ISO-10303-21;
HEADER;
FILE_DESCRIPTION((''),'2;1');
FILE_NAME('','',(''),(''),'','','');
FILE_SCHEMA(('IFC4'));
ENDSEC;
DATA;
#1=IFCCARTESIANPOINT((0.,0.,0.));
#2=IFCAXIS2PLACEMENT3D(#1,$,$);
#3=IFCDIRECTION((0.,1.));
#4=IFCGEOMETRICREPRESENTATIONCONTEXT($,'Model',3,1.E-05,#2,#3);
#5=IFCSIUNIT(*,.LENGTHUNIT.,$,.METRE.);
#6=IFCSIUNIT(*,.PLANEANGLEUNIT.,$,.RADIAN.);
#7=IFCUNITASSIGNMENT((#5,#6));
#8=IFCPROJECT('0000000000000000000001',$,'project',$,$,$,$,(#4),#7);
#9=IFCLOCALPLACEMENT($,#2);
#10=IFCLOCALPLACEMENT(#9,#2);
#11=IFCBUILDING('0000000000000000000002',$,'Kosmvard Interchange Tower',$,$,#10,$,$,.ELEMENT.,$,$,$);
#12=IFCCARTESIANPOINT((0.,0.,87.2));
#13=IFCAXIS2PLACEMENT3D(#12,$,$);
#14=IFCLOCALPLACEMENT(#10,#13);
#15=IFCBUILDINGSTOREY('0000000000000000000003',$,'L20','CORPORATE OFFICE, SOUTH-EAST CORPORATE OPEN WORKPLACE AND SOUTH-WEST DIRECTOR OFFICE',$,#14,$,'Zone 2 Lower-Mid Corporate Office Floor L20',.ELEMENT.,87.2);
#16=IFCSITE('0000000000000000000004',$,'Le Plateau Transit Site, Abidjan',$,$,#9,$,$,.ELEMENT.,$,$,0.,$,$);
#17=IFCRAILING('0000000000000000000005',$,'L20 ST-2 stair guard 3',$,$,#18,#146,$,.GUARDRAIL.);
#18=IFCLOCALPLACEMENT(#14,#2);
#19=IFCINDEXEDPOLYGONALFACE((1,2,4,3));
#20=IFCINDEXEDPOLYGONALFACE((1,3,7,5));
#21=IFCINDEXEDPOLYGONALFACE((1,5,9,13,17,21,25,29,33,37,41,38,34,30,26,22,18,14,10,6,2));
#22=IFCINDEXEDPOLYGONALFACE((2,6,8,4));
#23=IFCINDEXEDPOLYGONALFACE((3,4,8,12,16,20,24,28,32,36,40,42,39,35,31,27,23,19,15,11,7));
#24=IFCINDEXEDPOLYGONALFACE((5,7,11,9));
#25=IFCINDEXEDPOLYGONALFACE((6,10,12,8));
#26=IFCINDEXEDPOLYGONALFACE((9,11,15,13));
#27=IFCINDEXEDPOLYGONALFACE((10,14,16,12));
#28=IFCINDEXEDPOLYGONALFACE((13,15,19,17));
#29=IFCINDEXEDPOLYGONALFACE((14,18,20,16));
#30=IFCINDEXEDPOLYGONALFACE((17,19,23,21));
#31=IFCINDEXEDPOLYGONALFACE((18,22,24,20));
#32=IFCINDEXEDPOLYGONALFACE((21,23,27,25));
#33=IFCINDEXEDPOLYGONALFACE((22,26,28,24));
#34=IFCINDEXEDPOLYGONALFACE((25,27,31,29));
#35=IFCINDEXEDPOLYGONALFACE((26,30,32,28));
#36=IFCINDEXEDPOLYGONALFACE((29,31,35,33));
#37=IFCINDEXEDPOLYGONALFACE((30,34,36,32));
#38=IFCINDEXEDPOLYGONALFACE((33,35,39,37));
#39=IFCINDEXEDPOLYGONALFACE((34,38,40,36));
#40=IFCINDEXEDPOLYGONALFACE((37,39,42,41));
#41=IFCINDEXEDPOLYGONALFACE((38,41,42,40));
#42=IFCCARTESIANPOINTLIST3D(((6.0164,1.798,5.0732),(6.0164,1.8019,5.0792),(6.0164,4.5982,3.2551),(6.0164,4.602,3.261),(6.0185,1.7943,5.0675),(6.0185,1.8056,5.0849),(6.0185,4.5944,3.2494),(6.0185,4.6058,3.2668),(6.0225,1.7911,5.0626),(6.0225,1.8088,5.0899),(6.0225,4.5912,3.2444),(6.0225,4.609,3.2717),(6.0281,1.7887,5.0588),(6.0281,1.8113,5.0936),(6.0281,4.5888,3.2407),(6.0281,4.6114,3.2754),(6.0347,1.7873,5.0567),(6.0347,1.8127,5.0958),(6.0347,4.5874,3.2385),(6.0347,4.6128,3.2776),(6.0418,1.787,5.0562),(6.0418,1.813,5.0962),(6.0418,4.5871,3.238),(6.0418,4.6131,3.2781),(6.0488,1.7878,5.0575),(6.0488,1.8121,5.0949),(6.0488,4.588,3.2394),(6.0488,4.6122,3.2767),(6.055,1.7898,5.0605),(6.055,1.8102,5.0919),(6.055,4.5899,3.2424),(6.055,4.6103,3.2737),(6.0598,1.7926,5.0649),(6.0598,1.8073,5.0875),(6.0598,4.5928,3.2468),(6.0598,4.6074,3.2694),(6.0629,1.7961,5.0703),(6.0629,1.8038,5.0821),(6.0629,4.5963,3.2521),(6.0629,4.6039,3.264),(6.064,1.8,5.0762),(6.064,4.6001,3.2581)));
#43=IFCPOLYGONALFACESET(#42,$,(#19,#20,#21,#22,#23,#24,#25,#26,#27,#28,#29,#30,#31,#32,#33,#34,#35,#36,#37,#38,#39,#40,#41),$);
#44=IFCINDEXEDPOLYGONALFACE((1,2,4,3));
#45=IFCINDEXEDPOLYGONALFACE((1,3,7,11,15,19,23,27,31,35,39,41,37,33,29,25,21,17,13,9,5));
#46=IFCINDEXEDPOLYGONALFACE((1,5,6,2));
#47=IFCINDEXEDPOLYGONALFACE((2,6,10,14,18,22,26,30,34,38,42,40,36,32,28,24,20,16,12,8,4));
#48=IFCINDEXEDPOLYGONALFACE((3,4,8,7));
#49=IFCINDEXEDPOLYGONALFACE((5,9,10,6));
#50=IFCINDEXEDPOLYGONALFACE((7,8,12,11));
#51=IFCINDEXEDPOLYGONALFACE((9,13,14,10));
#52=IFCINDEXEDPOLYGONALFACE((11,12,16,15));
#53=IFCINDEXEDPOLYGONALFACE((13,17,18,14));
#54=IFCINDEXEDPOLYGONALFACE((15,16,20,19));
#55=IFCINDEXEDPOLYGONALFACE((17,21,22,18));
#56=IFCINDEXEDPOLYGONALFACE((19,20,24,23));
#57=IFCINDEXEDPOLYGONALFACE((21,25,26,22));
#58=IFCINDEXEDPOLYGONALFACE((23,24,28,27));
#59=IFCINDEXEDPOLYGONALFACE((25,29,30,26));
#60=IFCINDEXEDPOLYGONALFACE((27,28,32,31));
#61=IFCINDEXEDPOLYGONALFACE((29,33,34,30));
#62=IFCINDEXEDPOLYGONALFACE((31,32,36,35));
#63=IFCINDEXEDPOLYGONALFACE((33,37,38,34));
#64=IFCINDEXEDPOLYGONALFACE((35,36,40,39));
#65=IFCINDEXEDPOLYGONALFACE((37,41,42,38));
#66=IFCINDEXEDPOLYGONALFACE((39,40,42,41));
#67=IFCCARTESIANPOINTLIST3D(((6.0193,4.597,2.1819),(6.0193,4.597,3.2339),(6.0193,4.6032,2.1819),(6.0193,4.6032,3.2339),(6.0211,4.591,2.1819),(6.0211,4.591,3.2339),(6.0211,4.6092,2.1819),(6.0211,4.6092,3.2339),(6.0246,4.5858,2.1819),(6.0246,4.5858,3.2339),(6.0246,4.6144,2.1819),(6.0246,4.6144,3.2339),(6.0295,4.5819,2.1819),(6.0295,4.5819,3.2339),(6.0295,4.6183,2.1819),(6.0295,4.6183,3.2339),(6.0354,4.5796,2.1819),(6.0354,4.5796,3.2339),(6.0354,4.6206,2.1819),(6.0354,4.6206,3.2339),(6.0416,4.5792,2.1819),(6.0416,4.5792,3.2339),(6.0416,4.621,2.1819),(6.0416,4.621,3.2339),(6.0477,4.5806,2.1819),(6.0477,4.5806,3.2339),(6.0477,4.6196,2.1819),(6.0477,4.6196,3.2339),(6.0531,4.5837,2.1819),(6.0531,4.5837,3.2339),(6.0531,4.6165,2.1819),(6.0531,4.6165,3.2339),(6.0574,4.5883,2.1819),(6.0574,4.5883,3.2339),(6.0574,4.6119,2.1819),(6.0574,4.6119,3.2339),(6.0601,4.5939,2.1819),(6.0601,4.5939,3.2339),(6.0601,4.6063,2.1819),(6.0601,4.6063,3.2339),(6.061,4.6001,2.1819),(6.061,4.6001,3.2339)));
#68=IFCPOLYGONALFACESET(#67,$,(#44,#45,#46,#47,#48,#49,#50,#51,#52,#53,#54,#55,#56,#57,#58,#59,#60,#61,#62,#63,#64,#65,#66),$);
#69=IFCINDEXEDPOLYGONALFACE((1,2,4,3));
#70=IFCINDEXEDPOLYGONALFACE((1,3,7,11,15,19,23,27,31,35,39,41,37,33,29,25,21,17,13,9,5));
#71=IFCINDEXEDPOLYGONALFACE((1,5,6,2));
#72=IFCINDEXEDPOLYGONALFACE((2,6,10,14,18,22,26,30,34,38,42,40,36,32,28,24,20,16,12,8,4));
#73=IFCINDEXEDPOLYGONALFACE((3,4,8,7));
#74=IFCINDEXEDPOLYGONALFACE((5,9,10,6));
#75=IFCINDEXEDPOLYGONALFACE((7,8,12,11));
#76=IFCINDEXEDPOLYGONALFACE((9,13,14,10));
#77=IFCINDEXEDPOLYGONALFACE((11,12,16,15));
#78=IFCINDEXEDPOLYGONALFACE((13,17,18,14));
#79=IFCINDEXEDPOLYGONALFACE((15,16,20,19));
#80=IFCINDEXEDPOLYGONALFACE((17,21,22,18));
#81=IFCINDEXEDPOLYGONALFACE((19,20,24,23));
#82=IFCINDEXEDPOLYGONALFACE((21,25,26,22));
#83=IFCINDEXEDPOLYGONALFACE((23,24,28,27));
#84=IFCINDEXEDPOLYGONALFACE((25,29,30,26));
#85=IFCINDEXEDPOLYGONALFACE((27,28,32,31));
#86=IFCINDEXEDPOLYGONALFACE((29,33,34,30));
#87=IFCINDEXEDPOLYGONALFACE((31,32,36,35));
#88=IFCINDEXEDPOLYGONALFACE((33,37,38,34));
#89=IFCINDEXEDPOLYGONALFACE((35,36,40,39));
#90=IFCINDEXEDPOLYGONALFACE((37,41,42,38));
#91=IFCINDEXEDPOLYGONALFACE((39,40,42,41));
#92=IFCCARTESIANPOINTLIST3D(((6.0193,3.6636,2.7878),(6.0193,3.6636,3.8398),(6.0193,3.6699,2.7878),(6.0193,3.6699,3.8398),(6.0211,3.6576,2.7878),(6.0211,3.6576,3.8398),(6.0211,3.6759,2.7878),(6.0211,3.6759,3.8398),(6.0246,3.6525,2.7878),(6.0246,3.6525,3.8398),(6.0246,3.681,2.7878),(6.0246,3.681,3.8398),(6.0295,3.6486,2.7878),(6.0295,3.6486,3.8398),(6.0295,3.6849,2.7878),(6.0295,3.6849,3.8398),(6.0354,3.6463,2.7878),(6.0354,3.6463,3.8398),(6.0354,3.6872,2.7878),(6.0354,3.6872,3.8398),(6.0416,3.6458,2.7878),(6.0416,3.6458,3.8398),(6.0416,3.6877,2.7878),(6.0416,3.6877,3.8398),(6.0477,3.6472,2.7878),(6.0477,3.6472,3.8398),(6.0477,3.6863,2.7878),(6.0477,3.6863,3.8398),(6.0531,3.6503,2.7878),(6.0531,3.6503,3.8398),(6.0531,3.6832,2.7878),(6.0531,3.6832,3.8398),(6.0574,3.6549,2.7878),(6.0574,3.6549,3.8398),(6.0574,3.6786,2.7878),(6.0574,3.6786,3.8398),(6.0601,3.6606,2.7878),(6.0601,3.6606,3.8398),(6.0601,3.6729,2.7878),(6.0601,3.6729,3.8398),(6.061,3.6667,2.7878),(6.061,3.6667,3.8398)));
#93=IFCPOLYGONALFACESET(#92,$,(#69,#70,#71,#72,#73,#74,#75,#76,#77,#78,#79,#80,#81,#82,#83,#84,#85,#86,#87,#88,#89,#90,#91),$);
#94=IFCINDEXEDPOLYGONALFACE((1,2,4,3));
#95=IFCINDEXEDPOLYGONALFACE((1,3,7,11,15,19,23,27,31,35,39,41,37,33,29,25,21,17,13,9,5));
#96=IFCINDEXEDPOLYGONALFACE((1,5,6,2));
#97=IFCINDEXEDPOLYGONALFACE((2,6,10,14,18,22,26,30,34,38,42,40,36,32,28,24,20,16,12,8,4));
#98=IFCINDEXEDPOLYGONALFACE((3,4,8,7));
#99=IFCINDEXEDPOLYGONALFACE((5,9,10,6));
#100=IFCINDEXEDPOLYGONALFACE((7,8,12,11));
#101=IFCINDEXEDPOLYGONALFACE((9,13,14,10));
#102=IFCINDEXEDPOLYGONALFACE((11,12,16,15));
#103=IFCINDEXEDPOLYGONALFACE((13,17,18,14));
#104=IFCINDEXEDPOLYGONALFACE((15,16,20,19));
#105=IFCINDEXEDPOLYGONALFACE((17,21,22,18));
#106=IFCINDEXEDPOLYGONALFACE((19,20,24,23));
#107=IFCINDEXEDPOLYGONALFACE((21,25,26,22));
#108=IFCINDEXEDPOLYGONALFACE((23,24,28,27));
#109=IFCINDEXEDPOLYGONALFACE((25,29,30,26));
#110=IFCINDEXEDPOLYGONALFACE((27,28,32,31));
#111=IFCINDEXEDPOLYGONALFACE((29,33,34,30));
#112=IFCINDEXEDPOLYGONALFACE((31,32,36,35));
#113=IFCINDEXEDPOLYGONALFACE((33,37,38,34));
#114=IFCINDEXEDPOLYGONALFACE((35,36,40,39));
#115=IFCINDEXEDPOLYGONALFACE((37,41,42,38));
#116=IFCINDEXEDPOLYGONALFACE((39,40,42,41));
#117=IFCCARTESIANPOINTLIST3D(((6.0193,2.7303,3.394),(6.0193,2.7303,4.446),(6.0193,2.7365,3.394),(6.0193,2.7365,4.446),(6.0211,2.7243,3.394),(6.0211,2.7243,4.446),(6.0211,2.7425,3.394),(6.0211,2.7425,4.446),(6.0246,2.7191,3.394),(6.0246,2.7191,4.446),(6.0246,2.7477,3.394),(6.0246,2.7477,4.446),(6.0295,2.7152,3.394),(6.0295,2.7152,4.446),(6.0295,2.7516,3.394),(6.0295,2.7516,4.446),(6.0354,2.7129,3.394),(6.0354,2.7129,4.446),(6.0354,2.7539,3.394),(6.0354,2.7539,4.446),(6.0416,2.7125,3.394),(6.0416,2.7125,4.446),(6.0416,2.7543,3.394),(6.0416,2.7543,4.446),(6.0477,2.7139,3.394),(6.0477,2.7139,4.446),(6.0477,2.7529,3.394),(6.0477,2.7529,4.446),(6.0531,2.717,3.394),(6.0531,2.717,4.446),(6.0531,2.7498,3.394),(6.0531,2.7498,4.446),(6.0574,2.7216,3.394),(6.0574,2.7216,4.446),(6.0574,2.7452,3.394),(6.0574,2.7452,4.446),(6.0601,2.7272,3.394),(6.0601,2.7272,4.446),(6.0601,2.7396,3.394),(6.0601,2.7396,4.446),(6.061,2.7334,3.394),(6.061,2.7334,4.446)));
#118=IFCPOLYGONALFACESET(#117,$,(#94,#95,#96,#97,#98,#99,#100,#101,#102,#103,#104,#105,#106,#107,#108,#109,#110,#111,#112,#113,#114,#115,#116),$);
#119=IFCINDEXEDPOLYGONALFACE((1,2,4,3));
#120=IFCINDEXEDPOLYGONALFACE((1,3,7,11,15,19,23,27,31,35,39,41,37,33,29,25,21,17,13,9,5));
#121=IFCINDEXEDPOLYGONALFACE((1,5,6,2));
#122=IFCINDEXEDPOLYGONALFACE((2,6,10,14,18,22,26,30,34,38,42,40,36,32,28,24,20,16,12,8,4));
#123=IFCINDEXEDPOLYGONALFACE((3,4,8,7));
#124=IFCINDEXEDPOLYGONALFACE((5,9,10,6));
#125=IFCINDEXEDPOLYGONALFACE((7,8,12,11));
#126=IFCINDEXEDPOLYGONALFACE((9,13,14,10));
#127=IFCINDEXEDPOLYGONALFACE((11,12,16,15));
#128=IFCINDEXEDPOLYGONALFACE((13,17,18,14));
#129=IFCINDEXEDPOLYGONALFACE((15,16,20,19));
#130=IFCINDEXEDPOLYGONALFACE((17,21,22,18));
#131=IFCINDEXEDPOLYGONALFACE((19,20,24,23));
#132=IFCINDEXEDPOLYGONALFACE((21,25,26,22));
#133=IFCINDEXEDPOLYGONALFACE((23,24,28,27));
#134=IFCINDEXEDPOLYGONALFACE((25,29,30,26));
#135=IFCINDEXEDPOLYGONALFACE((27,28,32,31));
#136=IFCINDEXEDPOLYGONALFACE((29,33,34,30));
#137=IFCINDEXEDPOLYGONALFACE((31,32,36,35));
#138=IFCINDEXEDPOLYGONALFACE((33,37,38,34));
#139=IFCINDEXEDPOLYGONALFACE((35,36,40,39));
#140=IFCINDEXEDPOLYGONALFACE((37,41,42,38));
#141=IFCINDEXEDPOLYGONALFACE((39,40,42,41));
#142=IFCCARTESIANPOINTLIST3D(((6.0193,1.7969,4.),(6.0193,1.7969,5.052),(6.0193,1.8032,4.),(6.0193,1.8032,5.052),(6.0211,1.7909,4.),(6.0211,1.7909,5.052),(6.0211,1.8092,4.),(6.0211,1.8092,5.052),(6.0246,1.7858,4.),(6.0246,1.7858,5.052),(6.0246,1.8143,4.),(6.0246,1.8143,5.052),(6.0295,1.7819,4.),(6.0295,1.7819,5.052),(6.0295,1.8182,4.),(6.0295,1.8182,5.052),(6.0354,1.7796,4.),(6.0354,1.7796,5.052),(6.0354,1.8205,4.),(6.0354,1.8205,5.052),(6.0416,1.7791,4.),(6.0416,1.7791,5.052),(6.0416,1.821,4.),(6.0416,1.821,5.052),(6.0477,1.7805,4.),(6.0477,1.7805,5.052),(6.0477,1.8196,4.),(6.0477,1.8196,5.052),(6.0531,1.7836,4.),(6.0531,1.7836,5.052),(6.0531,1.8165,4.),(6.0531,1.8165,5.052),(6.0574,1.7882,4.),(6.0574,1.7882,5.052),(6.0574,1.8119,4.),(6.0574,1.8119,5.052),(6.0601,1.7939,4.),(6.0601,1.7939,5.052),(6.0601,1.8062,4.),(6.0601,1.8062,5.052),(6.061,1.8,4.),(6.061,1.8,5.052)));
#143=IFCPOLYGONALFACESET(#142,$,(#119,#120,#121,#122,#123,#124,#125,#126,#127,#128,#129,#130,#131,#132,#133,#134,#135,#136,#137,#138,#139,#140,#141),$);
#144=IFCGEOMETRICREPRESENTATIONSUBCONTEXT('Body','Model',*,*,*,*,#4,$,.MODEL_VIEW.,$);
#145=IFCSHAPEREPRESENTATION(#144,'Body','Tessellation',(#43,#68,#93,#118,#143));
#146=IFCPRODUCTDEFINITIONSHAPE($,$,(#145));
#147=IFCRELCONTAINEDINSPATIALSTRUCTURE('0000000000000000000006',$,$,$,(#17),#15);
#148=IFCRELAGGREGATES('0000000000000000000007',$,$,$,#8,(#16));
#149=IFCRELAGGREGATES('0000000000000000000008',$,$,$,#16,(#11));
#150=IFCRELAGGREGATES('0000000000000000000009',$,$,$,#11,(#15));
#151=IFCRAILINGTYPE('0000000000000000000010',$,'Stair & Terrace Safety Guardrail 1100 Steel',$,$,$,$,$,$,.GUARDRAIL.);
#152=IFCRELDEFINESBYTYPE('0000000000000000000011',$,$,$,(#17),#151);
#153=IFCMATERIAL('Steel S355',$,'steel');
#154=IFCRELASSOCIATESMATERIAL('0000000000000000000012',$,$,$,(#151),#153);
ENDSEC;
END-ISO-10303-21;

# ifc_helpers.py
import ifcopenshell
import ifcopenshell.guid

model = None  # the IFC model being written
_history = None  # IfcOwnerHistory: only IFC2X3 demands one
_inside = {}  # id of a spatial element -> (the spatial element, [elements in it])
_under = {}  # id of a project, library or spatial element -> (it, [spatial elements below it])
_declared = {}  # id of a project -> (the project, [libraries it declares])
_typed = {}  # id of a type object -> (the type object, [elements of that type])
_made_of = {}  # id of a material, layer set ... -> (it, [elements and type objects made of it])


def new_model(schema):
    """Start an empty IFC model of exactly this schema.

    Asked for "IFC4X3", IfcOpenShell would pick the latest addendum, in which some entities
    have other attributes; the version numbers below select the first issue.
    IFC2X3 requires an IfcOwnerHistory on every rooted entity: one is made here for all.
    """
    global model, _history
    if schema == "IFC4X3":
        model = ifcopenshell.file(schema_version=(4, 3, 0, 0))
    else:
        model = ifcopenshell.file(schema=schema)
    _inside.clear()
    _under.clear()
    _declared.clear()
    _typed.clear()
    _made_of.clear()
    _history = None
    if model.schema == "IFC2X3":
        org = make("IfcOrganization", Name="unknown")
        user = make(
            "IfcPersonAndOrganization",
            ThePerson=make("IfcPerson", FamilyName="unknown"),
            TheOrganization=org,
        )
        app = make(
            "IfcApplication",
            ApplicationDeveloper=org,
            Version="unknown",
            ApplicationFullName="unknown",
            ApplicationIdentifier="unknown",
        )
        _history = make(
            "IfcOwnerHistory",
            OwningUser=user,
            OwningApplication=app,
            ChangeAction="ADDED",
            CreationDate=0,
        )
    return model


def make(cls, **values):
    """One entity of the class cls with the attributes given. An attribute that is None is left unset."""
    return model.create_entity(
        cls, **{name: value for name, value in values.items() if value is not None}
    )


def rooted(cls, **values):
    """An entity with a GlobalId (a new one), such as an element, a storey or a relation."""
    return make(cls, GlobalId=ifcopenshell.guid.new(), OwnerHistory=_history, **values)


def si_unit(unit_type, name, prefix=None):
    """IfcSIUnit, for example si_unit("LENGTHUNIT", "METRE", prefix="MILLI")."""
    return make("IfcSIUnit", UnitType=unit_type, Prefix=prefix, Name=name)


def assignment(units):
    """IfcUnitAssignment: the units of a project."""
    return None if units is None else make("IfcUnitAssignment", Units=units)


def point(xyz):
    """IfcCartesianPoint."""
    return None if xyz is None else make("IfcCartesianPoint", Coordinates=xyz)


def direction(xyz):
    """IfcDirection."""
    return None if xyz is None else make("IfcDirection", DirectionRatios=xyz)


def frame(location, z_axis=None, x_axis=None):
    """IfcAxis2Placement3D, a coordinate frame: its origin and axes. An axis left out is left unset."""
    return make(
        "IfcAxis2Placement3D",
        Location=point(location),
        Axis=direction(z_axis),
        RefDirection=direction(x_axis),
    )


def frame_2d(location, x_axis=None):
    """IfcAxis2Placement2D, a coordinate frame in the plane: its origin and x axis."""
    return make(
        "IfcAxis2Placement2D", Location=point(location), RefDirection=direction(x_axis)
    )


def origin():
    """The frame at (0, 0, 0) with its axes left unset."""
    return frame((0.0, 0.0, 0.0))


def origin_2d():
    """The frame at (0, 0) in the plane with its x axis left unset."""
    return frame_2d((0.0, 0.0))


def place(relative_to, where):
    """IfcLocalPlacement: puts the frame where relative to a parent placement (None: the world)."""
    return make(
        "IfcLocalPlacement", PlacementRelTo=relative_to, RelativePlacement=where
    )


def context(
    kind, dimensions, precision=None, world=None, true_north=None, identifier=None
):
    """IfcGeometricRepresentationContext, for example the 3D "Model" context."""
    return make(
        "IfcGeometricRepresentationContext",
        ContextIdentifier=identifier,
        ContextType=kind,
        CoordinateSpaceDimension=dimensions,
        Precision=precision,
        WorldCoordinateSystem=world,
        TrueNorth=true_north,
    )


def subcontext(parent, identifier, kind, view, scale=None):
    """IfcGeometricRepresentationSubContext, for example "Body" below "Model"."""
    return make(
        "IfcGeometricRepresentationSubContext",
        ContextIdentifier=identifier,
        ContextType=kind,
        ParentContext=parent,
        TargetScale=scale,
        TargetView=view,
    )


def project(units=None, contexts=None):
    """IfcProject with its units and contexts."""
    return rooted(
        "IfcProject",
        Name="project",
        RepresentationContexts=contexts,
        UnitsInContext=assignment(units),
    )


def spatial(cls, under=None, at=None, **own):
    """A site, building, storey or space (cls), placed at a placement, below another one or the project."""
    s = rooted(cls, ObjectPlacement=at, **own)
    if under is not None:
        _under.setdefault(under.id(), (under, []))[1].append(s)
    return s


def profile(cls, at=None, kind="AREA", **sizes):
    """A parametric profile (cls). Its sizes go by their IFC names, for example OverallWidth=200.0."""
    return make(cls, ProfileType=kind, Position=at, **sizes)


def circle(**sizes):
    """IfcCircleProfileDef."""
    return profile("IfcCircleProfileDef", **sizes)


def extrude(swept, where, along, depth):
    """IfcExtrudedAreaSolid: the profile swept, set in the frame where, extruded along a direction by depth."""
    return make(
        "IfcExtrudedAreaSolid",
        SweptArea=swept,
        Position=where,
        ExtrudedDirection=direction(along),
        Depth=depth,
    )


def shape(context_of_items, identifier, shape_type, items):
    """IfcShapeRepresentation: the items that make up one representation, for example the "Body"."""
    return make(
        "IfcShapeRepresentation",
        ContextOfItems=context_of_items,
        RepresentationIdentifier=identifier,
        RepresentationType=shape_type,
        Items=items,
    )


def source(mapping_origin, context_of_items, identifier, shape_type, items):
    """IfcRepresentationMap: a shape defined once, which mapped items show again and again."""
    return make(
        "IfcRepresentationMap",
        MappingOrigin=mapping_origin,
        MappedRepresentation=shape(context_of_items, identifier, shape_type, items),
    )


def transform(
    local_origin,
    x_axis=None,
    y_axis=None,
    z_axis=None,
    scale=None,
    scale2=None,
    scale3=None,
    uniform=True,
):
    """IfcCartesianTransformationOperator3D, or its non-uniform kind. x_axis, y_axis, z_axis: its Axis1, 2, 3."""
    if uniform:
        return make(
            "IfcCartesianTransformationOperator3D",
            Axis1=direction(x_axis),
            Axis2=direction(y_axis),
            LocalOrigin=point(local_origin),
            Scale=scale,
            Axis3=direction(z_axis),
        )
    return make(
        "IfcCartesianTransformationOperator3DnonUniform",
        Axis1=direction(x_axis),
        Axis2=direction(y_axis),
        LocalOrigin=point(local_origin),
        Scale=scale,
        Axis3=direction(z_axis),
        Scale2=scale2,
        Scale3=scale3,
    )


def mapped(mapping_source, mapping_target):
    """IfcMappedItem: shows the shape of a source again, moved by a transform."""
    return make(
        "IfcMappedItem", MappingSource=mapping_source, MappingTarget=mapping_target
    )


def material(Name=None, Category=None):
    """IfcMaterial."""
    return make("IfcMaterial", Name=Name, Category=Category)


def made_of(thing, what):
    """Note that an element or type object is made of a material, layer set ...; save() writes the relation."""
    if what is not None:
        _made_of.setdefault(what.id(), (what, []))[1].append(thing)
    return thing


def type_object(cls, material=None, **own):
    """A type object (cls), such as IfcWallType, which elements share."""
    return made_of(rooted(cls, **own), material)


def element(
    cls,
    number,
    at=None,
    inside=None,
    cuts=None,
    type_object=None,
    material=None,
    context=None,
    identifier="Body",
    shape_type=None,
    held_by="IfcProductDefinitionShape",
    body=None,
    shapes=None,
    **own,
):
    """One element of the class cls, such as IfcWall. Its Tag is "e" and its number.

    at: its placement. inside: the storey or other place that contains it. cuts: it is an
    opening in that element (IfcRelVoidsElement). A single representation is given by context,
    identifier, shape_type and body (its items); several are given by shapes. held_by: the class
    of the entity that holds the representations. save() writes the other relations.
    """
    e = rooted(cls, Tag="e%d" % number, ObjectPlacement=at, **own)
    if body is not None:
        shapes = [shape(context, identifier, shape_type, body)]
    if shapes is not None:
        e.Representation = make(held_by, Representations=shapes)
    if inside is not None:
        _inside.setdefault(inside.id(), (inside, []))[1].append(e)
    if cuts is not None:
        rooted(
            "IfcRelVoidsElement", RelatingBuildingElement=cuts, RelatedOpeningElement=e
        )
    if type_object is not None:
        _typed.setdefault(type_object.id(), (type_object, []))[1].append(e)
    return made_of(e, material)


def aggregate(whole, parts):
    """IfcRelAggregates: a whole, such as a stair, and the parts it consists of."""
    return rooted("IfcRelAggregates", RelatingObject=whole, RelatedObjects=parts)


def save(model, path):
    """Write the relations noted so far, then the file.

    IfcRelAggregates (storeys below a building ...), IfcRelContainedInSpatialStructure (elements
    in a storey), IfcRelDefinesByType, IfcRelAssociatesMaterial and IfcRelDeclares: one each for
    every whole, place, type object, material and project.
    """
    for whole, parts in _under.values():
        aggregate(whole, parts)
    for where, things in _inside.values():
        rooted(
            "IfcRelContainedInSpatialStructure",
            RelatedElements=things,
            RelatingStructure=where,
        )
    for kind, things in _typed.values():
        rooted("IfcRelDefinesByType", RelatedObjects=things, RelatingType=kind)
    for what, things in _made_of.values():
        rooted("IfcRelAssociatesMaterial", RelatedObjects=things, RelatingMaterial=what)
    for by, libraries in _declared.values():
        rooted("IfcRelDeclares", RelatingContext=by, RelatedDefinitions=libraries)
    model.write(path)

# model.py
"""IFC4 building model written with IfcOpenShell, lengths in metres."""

from ifc_helpers import new_model, si_unit, direction, frame, origin, origin_2d, place, context, subcontext, project, spatial, circle, extrude, source, transform, mapped, material, type_object, element, save


model = new_model("IFC4")

# Units and contexts
model_context = context("Model", 3, precision=1e-05, world=origin(), true_north=direction((0.0, 1.0)))
body_context = subcontext(model_context, "Body", "Model", "MODEL_VIEW")
ifc_project = project(units=[si_unit("LENGTHUNIT", "METRE"), si_unit("PLANEANGLEUNIT", "RADIAN")], contexts=[model_context])

# Site, building, storey
site_placement = place(None, origin())
site = spatial("IfcSite", under=ifc_project, at=site_placement, Name="Le Plateau Transit Site, Abidjan", CompositionType="ELEMENT", RefElevation=0.0)
building_placement = place(site_placement, origin())
building = spatial("IfcBuilding", under=site, at=building_placement, Name="Kosmvard Interchange Tower", CompositionType="ELEMENT")
storey_placement = place(building_placement, frame((0.0, 0.0, 87.2)))
storey = spatial("IfcBuildingStorey", under=building, at=storey_placement, Name="L20", Description="CORPORATE OFFICE, SOUTH-EAST CORPORATE OPEN WORKPLACE AND SOUTH-WEST DIRECTOR OFFICE", LongName="Zone 2 Lower-Mid Corporate Office Floor L20", CompositionType="ELEMENT", Elevation=87.2)

# Shared definitions
ifc_material_1 = material(Name="Steel S355", Category="steel")

# Railing
railing_type_1 = type_object("IfcRailingType", Name="Stair & Terrace Safety Guardrail 1100 Steel", PredefinedType="GUARDRAIL", material=ifc_material_1)
shared_shape_1 = source(origin(), body_context, "Body", "SweptSolid", [
    extrude(circle(Radius=0.0239, at=origin_2d()), frame((0.0, 0.0, 1.0762), z_axis=(0.0, -0.838706, 0.544585), x_axis=(1.0, 0.0, 0.0)), (0.0, 0.0, 1.0), 3.3386),
    extrude(circle(Radius=0.021, at=origin_2d()), origin(), (0.0, 0.0, 1.0), 1.052),
    extrude(circle(Radius=0.021, at=origin_2d()), frame((0.0, -0.9333, 0.606)), (0.0, 0.0, 1.0), 1.052),
    extrude(circle(Radius=0.021, at=origin_2d()), frame((0.0, -1.8667, 1.2122)), (0.0, 0.0, 1.0), 1.052),
    extrude(circle(Radius=0.021, at=origin_2d()), frame((0.0, -2.8, 1.8181)), (0.0, 0.0, 1.0), 1.052),
])
railing_1_placement = place(storey_placement, frame((6.04, 4.6001, 2.1819)))
element("IfcRailing", 1, at=railing_1_placement, inside=storey, type_object=railing_type_1, Name="L20 ST-2 stair guard 3", PredefinedType="GUARDRAIL", context=body_context, shape_type="MappedRepresentation", body=[
    mapped(shared_shape_1, transform((0.0, 0.0, 0.0), scale=1.0)),
])

save(model, "model.ifc")
